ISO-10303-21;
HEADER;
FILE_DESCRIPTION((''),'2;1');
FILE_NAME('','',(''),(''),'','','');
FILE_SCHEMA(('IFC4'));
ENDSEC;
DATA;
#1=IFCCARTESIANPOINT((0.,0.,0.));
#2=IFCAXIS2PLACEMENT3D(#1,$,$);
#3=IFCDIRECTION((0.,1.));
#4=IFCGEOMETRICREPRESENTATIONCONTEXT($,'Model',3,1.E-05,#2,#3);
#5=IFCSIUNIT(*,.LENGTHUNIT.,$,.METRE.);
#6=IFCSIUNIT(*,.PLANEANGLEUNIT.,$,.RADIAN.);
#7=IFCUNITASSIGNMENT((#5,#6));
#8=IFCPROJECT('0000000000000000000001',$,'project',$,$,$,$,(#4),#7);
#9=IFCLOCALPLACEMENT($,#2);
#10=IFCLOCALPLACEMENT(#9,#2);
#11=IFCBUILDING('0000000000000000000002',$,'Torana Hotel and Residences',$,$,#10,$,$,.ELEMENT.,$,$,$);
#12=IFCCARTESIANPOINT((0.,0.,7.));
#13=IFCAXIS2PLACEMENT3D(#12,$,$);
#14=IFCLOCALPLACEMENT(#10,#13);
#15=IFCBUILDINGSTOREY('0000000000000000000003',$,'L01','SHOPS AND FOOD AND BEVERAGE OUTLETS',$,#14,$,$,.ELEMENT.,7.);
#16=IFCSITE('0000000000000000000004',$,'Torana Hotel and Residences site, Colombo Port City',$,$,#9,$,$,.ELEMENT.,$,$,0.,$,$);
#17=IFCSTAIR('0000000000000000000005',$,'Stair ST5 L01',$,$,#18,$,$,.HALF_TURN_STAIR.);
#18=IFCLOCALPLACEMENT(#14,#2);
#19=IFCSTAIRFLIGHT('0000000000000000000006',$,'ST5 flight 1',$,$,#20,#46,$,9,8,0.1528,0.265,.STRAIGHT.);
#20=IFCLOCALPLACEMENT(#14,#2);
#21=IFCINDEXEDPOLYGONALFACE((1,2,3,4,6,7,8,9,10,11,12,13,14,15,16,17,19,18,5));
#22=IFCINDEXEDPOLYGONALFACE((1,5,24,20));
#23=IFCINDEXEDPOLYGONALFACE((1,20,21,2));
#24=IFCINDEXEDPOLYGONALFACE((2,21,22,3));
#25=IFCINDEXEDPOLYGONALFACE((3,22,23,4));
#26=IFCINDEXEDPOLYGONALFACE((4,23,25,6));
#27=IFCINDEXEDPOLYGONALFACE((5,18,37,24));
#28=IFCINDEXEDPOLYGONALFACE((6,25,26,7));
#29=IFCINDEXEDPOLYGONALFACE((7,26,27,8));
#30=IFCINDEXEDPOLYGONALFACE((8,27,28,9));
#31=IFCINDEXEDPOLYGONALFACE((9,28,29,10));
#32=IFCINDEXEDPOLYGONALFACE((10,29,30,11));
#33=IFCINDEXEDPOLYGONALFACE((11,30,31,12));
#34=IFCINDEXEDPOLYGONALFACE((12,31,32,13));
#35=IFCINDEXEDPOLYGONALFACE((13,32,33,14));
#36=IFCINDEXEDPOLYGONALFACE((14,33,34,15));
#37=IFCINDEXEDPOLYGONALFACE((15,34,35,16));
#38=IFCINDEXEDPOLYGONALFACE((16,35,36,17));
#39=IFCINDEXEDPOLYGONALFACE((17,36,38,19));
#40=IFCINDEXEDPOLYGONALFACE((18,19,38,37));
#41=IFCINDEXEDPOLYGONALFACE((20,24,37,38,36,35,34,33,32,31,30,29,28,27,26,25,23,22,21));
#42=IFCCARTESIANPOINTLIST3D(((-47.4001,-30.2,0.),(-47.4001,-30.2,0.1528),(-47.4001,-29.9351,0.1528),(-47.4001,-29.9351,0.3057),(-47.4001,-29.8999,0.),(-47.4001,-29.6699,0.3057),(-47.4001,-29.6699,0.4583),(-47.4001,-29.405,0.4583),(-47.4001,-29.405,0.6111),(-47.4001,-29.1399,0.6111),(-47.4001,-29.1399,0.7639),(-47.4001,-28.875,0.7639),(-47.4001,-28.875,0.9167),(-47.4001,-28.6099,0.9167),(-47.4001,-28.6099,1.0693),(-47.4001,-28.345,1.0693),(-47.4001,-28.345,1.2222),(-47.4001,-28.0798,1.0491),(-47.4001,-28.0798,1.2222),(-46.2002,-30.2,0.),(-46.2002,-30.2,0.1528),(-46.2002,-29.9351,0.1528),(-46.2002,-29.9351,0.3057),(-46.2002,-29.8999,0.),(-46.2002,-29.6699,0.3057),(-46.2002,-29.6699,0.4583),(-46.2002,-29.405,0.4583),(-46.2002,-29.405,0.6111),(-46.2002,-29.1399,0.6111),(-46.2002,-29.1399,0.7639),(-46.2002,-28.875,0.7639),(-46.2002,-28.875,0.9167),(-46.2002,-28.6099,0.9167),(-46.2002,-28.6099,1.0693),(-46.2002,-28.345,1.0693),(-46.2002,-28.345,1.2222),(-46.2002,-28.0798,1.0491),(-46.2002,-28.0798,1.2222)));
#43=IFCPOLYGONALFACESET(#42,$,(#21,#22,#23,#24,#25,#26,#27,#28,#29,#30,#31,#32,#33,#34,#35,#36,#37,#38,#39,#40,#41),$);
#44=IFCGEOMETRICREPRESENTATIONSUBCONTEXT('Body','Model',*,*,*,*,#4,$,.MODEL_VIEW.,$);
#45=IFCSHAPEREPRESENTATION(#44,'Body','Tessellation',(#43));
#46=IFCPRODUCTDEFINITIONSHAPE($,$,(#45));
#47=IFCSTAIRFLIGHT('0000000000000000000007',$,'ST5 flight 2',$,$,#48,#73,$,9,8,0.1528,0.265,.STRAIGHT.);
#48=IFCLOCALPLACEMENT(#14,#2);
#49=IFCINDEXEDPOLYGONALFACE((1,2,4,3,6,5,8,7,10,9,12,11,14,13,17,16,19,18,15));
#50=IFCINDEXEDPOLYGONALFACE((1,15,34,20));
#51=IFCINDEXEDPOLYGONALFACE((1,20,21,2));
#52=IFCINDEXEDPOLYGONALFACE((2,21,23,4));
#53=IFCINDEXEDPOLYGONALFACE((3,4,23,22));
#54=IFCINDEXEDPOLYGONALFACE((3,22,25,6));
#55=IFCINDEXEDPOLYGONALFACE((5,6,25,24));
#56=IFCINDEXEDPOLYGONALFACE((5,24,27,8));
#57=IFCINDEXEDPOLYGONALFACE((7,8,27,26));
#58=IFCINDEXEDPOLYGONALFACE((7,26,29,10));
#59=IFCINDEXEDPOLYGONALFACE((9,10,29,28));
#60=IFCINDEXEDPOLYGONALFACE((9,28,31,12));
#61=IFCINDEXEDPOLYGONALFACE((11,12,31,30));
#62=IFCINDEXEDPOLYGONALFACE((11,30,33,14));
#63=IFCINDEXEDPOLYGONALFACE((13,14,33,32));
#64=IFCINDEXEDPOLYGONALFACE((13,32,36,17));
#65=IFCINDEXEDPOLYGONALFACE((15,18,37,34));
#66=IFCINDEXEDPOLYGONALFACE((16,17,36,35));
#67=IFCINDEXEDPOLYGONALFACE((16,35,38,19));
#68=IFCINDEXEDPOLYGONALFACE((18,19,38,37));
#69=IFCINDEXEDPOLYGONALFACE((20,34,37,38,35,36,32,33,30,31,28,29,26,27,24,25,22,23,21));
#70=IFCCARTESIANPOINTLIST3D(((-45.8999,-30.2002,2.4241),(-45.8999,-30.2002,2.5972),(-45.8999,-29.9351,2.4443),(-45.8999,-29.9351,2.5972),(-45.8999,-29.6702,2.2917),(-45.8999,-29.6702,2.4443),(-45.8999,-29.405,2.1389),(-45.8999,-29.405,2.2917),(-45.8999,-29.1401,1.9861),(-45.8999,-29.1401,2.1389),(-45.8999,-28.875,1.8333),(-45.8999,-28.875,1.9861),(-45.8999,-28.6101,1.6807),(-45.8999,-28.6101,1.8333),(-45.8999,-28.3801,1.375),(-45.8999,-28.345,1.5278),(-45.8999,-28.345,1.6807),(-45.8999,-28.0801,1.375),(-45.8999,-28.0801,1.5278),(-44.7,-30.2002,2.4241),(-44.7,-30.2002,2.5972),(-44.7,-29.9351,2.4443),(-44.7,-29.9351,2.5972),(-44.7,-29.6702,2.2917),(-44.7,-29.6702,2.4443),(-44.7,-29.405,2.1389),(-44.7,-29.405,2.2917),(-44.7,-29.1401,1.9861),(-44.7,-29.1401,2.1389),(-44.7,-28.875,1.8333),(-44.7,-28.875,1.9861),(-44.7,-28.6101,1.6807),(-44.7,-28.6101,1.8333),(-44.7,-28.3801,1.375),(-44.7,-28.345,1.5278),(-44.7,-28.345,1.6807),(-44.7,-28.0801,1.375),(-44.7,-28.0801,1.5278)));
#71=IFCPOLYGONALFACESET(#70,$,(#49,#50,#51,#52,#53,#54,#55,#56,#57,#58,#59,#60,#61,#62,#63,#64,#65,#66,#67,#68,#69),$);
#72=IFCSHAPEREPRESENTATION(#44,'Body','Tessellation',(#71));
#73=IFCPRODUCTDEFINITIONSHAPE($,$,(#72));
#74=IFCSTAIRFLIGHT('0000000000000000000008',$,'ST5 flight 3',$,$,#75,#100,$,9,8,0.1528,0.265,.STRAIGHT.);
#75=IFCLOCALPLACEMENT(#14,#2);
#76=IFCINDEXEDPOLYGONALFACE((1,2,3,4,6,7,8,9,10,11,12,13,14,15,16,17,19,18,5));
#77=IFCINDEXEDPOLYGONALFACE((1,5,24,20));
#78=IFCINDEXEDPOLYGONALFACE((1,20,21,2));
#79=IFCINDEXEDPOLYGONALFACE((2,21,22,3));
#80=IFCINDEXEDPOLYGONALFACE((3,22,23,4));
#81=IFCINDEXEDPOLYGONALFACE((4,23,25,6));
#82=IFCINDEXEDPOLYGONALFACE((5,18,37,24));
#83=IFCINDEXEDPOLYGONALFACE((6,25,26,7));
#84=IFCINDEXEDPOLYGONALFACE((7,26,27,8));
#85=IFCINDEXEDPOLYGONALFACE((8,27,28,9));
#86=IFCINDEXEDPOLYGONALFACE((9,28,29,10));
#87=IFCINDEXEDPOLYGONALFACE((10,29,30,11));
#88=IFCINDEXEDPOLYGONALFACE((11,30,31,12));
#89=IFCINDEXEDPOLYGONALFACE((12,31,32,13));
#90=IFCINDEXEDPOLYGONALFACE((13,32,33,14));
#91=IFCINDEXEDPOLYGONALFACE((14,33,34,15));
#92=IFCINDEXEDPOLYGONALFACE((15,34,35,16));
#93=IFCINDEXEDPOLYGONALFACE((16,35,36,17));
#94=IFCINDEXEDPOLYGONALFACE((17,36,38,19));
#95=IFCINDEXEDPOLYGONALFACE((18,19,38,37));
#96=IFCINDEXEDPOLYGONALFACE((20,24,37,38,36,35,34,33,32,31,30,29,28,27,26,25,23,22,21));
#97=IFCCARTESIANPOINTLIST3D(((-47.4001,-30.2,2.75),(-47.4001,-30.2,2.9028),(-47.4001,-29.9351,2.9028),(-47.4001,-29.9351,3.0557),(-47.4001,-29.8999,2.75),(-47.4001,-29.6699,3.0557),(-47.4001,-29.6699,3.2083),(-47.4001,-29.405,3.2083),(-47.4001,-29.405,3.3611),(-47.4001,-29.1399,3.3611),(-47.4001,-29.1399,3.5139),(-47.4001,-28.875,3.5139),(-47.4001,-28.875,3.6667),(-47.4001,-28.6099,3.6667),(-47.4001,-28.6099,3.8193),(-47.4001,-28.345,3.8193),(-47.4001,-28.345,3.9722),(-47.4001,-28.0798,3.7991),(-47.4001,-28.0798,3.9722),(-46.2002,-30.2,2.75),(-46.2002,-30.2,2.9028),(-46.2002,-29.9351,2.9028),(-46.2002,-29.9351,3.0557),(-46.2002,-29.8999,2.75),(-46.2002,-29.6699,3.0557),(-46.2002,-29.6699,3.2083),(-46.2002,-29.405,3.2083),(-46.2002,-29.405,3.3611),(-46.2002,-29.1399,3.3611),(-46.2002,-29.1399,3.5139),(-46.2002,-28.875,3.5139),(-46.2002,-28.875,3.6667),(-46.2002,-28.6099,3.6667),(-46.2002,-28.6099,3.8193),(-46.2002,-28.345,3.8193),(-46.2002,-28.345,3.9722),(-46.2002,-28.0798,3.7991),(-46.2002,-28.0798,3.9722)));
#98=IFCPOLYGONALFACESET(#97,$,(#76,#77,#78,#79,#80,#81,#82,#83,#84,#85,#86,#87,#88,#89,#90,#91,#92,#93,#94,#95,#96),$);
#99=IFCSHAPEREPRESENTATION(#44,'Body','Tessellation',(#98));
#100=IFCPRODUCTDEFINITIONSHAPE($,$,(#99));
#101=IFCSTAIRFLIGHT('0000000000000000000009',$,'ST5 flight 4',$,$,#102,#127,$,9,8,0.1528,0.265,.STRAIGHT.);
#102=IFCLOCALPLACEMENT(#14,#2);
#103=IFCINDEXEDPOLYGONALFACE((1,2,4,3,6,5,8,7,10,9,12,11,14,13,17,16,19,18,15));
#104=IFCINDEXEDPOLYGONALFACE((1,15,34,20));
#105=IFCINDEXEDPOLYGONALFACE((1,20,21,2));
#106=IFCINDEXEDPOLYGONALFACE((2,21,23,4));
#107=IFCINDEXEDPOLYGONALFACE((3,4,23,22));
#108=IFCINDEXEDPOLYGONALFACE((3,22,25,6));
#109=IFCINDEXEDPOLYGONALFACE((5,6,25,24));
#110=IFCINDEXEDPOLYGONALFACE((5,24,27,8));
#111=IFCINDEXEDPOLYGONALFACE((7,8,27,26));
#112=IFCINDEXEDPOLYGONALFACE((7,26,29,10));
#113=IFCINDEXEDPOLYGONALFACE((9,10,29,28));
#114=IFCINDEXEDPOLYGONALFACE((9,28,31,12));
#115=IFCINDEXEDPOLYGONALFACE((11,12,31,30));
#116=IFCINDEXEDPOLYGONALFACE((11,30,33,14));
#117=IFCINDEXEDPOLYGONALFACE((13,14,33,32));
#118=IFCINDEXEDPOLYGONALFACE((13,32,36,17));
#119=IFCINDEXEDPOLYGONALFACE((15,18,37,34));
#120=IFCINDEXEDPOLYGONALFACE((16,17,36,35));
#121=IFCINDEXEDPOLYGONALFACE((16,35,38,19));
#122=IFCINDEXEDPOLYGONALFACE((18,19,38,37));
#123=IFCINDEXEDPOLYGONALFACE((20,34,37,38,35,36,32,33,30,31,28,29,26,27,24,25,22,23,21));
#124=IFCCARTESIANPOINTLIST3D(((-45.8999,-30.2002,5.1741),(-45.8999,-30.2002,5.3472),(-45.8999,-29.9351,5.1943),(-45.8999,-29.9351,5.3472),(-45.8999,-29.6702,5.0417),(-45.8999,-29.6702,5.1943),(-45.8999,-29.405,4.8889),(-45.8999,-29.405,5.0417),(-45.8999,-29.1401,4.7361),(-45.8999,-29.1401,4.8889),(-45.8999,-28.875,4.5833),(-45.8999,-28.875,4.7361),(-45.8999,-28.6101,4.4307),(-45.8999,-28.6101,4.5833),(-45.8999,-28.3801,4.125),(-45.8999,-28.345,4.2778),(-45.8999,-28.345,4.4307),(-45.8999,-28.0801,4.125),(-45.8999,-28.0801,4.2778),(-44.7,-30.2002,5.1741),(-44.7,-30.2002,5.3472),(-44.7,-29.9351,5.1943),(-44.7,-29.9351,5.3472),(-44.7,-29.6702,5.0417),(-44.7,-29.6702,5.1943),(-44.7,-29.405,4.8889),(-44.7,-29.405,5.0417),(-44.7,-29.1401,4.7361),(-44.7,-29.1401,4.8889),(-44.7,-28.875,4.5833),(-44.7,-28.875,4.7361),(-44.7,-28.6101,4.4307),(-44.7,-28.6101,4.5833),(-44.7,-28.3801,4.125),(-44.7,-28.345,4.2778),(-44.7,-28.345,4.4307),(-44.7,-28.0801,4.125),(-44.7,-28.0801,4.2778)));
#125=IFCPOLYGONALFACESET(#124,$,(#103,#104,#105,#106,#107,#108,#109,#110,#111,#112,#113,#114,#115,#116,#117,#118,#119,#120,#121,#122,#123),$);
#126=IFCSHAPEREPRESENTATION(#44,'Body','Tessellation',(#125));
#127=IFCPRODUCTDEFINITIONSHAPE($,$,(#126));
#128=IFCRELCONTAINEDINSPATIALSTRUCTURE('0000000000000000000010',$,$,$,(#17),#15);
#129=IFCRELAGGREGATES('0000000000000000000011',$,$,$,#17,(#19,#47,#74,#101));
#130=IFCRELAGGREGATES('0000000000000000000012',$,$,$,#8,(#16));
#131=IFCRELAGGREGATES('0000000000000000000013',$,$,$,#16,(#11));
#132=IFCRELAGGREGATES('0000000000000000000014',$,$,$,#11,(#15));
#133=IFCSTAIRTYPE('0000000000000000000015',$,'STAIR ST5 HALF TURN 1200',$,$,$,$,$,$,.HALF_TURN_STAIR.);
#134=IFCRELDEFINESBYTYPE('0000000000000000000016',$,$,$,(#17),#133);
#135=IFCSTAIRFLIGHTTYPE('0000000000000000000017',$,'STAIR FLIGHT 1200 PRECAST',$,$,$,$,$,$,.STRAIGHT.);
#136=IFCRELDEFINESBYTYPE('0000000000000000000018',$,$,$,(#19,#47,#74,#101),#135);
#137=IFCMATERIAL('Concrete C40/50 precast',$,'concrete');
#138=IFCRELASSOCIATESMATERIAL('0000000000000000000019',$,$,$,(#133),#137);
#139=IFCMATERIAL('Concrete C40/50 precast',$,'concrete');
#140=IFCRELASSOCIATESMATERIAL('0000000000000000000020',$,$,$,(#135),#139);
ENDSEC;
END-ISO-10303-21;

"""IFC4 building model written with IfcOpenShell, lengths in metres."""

from ifc_helpers import new_model, si_unit, direction, frame, origin, place, context, subcontext, project, spatial, polyline, outline, extrude, material, type_object, element, aggregate, save


model = new_model("IFC4")

# Units and contexts
model_context = context("Model", 3, precision=1e-05, world=origin(), true_north=direction((0.0, 1.0)))
body_context = subcontext(model_context, "Body", "Model", "MODEL_VIEW")
ifc_project = project(units=[si_unit("LENGTHUNIT", "METRE"), si_unit("PLANEANGLEUNIT", "RADIAN")], contexts=[model_context])

# Site, building, storey
site_placement = place(None, origin())
site = spatial("IfcSite", under=ifc_project, at=site_placement, Name="Torana Hotel and Residences site, Colombo Port City", CompositionType="ELEMENT", RefElevation=0.0)
building_placement = place(site_placement, origin())
building = spatial("IfcBuilding", under=site, at=building_placement, Name="Torana Hotel and Residences", CompositionType="ELEMENT")
storey_placement = place(building_placement, frame((0.0, 0.0, 7.0)))
storey = spatial("IfcBuildingStorey", under=building, at=storey_placement, Name="L01", Description="SHOPS AND FOOD AND BEVERAGE OUTLETS", CompositionType="ELEMENT", Elevation=7.0)

# Stair, stair flights
ifc_material_1 = material(Name="Concrete C40/50 precast", Category="concrete")
stair_type = type_object("IfcStairType", Name="STAIR ST5 HALF TURN 1200", PredefinedType="HALF_TURN_STAIR", material=ifc_material_1)
stair_placement = place(storey_placement, origin())
stair = element("IfcStair", 1, at=stair_placement, inside=storey, type_object=stair_type, Name="Stair ST5 L01", PredefinedType="HALF_TURN_STAIR")
ifc_material_2 = material(Name="Concrete C40/50 precast", Category="concrete")
stair_flight_type = type_object("IfcStairFlightType", Name="STAIR FLIGHT 1200 PRECAST", PredefinedType="STRAIGHT", material=ifc_material_2)
stair_flight_1_placement = place(storey_placement, frame((-46.8, -30.2, 0.0), z_axis=(0.0, 0.0, 1.0), x_axis=(0.0, 1.0, 0.0)))
stair_flight_1 = element("IfcStairFlight", 2, at=stair_flight_1_placement, type_object=stair_flight_type, Name="ST5 flight 1", NumberOfRisers=9, NumberOfTreads=8, PredefinedType="STRAIGHT", RiserHeight=0.1528, TreadLength=0.265, context=body_context, shape_type="SweptSolid", body=[
    extrude(outline(polyline([(0.0, 0.0), (0.0, 0.1528), (0.2649, 0.1528), (0.2649, 0.3057), (0.53, 0.3057), (0.53, 0.4583), (0.7949, 0.4583), (0.7949, 0.6111), (1.0601, 0.6111), (1.0601, 0.7639), (1.325, 0.7639), (1.325, 0.9167), (1.5901, 0.9167), (1.5901, 1.0693), (1.855, 1.0693), (1.855, 1.2222), (2.1201, 1.2222), (2.1201, 1.375), (2.1201, 1.0491), (0.3, 0.0), (0.0, 0.0)])), frame((0.0, 0.6001, 0.0), z_axis=(0.0, -1.0, 0.0), x_axis=(1.0, 0.0, 0.0)), (0.0, 0.0, 1.0), 1.2),
])
stair_flight_2_placement = place(storey_placement, frame((-45.3, -28.0801, 1.375), z_axis=(0.0, 0.0, 1.0), x_axis=(0.0, -1.0, 0.0)))
stair_flight_2 = element("IfcStairFlight", 3, at=stair_flight_2_placement, type_object=stair_flight_type, Name="ST5 flight 2", NumberOfRisers=9, NumberOfTreads=8, PredefinedType="STRAIGHT", RiserHeight=0.1528, TreadLength=0.265, context=body_context, shape_type="SweptSolid", body=[
    extrude(outline(polyline([(0.0, 0.0), (0.0, 0.1528), (0.2649, 0.1528), (0.2649, 0.3057), (0.53, 0.3057), (0.53, 0.4583), (0.7949, 0.4583), (0.7949, 0.6111), (1.0601, 0.6111), (1.0601, 0.7639), (1.325, 0.7639), (1.325, 0.9167), (1.5901, 0.9167), (1.5901, 1.0693), (1.855, 1.0693), (1.855, 1.2222), (2.1201, 1.2222), (2.1201, 1.375), (2.1201, 1.0491), (0.3, 0.0), (0.0, 0.0)])), frame((0.0, 0.6001, 0.0), z_axis=(0.0, -1.0, 0.0), x_axis=(1.0, 0.0, 0.0)), (0.0, 0.0, 1.0), 1.2),
])
stair_flight_3_placement = place(storey_placement, frame((-46.8, -30.2, 2.75), z_axis=(0.0, 0.0, 1.0), x_axis=(0.0, 1.0, 0.0)))
stair_flight_3 = element("IfcStairFlight", 4, at=stair_flight_3_placement, type_object=stair_flight_type, Name="ST5 flight 3", NumberOfRisers=9, NumberOfTreads=8, PredefinedType="STRAIGHT", RiserHeight=0.1528, TreadLength=0.265, context=body_context, shape_type="SweptSolid", body=[
    extrude(outline(polyline([(0.0, 0.0), (0.0, 0.1528), (0.2649, 0.1528), (0.2649, 0.3057), (0.53, 0.3057), (0.53, 0.4583), (0.7949, 0.4583), (0.7949, 0.6111), (1.0601, 0.6111), (1.0601, 0.7639), (1.325, 0.7639), (1.325, 0.9167), (1.5901, 0.9167), (1.5901, 1.0693), (1.855, 1.0693), (1.855, 1.2222), (2.1201, 1.2222), (2.1201, 1.375), (2.1201, 1.0491), (0.3, 0.0), (0.0, 0.0)])), frame((0.0, 0.6001, 0.0), z_axis=(0.0, -1.0, 0.0), x_axis=(1.0, 0.0, 0.0)), (0.0, 0.0, 1.0), 1.2),
])
stair_flight_4_placement = place(storey_placement, frame((-45.3, -28.0801, 4.125), z_axis=(0.0, 0.0, 1.0), x_axis=(0.0, -1.0, 0.0)))
stair_flight_4 = element("IfcStairFlight", 5, at=stair_flight_4_placement, type_object=stair_flight_type, Name="ST5 flight 4", NumberOfRisers=9, NumberOfTreads=8, PredefinedType="STRAIGHT", RiserHeight=0.1528, TreadLength=0.265, context=body_context, shape_type="SweptSolid", body=[
    extrude(outline(polyline([(0.0, 0.0), (0.0, 0.1528), (0.2649, 0.1528), (0.2649, 0.3057), (0.53, 0.3057), (0.53, 0.4583), (0.7949, 0.4583), (0.7949, 0.6111), (1.0601, 0.6111), (1.0601, 0.7639), (1.325, 0.7639), (1.325, 0.9167), (1.5901, 0.9167), (1.5901, 1.0693), (1.855, 1.0693), (1.855, 1.2222), (2.1201, 1.2222), (2.1201, 1.375), (2.1201, 1.0491), (0.3, 0.0), (0.0, 0.0)])), frame((0.0, 0.6001, 0.0), z_axis=(0.0, -1.0, 0.0), x_axis=(1.0, 0.0, 0.0)), (0.0, 0.0, 1.0), 1.2),
])
aggregate(stair, [stair_flight_1, stair_flight_2, stair_flight_3, stair_flight_4])

save(model, "model.ifc")
